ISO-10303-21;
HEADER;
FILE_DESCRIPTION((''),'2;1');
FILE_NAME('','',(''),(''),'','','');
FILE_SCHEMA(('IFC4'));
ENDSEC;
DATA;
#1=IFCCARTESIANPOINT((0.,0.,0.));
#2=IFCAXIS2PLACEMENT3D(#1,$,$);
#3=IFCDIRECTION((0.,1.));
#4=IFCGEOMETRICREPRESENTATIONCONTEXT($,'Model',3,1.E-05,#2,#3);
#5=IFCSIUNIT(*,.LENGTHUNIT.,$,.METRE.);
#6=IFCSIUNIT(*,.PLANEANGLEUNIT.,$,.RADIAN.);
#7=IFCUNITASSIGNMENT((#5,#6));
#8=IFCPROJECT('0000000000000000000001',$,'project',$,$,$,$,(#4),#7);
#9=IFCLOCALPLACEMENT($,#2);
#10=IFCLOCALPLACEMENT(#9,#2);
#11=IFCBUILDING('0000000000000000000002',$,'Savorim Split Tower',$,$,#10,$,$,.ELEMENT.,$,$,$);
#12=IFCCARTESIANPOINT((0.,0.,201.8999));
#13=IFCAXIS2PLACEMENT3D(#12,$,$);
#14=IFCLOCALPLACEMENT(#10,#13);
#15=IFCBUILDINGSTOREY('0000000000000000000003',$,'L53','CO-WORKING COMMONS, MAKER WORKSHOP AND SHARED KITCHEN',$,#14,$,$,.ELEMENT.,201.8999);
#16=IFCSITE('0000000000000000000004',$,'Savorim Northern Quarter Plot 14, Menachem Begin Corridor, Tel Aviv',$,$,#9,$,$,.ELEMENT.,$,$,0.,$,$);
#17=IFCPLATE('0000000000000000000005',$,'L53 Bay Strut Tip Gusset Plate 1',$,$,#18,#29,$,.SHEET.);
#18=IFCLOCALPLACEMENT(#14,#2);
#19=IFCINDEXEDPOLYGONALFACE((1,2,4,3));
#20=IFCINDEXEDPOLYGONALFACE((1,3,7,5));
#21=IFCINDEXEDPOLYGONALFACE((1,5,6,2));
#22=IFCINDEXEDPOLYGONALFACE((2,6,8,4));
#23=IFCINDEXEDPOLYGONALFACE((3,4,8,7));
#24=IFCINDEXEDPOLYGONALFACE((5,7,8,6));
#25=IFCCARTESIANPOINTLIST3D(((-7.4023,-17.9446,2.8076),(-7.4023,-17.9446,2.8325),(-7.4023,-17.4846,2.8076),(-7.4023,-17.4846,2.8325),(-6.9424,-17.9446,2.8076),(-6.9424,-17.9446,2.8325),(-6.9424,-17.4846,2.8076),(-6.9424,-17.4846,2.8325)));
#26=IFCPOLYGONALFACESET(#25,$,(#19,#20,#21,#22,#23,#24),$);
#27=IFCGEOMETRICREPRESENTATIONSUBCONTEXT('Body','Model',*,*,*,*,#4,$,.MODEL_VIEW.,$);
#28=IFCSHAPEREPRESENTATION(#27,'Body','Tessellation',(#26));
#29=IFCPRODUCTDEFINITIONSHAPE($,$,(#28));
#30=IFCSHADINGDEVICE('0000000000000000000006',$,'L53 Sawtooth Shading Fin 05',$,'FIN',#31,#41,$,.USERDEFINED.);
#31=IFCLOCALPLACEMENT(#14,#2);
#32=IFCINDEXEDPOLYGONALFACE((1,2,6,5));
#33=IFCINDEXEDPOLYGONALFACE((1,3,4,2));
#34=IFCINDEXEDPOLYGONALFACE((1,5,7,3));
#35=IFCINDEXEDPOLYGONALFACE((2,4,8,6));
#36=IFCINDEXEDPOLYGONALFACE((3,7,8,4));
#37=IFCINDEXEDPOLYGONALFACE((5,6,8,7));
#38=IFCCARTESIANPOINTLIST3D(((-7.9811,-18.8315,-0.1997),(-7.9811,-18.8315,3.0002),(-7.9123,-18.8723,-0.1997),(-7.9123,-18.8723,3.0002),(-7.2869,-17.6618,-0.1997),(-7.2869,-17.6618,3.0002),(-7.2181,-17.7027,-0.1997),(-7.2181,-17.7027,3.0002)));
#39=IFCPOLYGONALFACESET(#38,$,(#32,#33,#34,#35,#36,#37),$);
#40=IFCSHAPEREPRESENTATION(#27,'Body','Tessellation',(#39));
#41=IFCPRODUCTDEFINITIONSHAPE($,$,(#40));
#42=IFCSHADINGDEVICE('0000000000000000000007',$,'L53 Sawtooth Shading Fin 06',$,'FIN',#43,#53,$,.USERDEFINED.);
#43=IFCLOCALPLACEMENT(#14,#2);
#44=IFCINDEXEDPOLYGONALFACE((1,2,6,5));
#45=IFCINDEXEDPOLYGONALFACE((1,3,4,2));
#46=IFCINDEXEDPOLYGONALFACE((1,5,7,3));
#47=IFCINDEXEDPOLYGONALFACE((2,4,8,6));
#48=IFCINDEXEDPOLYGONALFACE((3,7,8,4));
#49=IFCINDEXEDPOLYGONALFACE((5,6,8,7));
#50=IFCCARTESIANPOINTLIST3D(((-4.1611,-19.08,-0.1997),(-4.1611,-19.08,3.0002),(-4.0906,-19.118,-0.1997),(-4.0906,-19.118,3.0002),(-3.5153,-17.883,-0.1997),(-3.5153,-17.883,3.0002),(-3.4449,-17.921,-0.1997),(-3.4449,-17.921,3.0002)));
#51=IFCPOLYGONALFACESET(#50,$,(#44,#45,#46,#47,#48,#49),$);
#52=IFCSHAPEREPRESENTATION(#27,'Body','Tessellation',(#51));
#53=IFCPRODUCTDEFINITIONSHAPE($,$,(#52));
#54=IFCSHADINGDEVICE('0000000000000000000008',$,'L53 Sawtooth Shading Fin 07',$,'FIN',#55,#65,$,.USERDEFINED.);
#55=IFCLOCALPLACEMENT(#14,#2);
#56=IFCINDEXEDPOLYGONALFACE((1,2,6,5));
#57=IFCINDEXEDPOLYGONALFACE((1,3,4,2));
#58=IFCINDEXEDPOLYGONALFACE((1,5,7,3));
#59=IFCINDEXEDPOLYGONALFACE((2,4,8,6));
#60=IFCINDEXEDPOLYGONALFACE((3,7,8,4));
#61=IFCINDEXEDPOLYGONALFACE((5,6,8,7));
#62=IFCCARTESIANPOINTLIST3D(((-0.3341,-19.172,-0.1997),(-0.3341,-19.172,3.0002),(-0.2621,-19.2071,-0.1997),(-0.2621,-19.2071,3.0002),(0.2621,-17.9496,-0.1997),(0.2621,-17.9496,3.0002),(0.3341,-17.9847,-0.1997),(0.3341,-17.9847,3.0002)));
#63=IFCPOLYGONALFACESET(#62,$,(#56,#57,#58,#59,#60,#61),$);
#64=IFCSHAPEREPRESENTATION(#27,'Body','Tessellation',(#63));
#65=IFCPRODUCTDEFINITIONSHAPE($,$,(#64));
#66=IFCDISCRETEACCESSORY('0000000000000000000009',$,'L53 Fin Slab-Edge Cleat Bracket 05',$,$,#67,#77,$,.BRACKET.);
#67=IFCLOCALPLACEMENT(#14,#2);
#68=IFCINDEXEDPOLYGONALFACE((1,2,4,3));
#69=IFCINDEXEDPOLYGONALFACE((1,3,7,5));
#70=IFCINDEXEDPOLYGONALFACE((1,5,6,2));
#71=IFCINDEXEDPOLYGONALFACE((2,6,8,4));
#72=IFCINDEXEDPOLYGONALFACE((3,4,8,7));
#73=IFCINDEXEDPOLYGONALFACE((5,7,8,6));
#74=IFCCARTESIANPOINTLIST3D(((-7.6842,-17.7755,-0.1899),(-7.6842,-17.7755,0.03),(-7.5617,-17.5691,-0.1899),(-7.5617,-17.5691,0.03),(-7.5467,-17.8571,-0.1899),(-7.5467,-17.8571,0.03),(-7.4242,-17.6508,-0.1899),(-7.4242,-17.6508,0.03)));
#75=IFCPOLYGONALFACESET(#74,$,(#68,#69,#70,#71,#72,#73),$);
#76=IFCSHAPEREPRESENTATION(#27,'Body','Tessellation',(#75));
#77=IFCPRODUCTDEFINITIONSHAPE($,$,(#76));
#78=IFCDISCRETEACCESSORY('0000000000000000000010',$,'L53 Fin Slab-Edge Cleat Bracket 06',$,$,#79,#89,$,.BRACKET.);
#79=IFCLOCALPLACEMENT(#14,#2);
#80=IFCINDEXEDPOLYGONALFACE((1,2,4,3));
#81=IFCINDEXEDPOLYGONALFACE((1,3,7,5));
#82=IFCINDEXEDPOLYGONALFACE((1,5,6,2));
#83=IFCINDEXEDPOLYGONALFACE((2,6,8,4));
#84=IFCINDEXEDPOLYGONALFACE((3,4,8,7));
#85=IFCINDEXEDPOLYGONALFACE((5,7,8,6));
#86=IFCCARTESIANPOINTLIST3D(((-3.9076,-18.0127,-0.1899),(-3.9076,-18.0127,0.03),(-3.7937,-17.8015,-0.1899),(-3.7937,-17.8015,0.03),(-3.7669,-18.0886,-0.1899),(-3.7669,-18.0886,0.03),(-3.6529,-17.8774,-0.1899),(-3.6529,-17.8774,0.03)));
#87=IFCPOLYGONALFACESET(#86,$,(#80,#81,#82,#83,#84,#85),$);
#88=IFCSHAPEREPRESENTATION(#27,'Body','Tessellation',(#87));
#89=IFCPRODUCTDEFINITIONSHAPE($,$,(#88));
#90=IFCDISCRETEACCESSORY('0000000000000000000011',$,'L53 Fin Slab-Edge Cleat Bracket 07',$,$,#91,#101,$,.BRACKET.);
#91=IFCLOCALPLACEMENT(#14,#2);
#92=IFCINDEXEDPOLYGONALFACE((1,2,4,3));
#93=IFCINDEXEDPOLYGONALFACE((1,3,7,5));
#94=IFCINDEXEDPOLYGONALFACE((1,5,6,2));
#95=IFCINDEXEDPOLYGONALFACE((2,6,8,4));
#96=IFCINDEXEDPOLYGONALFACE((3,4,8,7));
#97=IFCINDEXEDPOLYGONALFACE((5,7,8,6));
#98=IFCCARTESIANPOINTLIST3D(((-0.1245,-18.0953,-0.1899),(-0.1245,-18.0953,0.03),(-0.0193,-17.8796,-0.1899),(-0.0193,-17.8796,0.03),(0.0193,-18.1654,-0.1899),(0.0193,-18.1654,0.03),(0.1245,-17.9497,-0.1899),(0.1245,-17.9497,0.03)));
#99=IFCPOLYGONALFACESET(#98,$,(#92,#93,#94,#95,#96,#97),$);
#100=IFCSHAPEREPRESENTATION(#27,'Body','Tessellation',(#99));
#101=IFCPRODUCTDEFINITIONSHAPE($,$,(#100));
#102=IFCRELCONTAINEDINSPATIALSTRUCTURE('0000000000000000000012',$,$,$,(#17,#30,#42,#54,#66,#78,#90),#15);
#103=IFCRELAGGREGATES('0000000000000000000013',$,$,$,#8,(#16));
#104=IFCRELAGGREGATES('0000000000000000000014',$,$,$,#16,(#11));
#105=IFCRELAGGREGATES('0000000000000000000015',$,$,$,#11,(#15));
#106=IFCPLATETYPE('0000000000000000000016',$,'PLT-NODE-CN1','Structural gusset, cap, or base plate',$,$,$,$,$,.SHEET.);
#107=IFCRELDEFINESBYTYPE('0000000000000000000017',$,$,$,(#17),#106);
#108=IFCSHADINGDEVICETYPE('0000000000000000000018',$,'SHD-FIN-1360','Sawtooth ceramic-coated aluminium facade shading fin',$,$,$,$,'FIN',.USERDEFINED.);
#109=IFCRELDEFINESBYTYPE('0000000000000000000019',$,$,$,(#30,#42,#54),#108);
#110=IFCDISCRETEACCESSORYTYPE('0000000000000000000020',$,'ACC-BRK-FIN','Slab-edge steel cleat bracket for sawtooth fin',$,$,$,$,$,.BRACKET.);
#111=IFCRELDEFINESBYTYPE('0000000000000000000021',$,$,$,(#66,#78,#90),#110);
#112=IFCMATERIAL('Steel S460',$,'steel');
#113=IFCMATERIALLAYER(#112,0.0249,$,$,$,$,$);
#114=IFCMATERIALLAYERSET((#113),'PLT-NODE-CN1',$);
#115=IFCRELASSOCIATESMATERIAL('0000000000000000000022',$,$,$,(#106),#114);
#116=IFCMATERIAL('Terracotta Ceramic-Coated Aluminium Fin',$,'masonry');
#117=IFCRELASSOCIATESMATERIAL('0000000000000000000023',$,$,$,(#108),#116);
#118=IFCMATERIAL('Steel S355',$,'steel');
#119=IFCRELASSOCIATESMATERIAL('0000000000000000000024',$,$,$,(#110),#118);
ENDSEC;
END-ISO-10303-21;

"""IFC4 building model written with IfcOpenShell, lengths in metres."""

from ifc_helpers import new_model, si_unit, direction, frame, origin, origin_2d, place, context, subcontext, project, spatial, rectangle, extrude, material, layer, layer_set, type_object, element, save


model = new_model("IFC4")

# Units and contexts
model_context = context("Model", 3, precision=1e-05, world=origin(), true_north=direction((0.0, 1.0)))
body_context = subcontext(model_context, "Body", "Model", "MODEL_VIEW")
ifc_project = project(units=[si_unit("LENGTHUNIT", "METRE"), si_unit("PLANEANGLEUNIT", "RADIAN")], contexts=[model_context])

# Site, building, storey
site_placement = place(None, origin())
site = spatial("IfcSite", under=ifc_project, at=site_placement, Name="Savorim Northern Quarter Plot 14, Menachem Begin Corridor, Tel Aviv", CompositionType="ELEMENT", RefElevation=0.0)
building_placement = place(site_placement, origin())
building = spatial("IfcBuilding", under=site, at=building_placement, Name="Savorim Split Tower", CompositionType="ELEMENT")
storey_placement = place(building_placement, frame((0.0, 0.0, 201.8999)))
storey = spatial("IfcBuildingStorey", under=building, at=storey_placement, Name="L53", Description="CO-WORKING COMMONS, MAKER WORKSHOP AND SHARED KITCHEN", CompositionType="ELEMENT", Elevation=201.8999)

# Shared definitions
ifc_material_1 = material(Name="Steel S355", Category="steel")

# Plate
ifc_material_2 = material(Name="Steel S460", Category="steel")
ifc_layer_1 = layer(ifc_material_2, 0.0249)
ifc_layer_set_1 = layer_set([ifc_layer_1], Name="PLT-NODE-CN1")
plate_type_1 = type_object("IfcPlateType", Name="PLT-NODE-CN1", Description="Structural gusset, cap, or base plate", PredefinedType="SHEET", material=ifc_layer_set_1)
for number, where, z_axis, x_axis, name in (
    (1, (-7.1724, -17.7146, 2.8076), (0.0, 0.0, 1.0), (1.0, 0.0, 0.0), "L53 Bay Strut Tip Gusset Plate 1"),
):
    element("IfcPlate", number, at=place(storey_placement, frame(where, z_axis=z_axis, x_axis=x_axis)), inside=storey, type_object=plate_type_1, Name=name, PredefinedType="SHEET", context=body_context, shape_type="SweptSolid", body=[
        extrude(rectangle(XDim=0.46, YDim=0.46, at=origin_2d()), origin(), (0.0, 0.0, 1.0), 0.0249),
    ])

# Shading devices
ifc_material_3 = material(Name="Terracotta Ceramic-Coated Aluminium Fin", Category="masonry")
shading_device_type = type_object("IfcShadingDeviceType", Name="SHD-FIN-1360", Description="Sawtooth ceramic-coated aluminium facade shading fin", ElementType="FIN", PredefinedType="USERDEFINED", material=ifc_material_3)
for number, where, z_axis, x_axis, name in (
    (2, (-7.5996, -18.2671, -0.1997), (0.0, 0.0, 1.0), (-0.510391, -0.859942, 0.0), "L53 Sawtooth Shading Fin 05"),
    (3, (-3.803, -18.5005, -0.1997), (0.0, 0.0, 1.0), (-0.474778, -0.880106, 0.0), "L53 Sawtooth Shading Fin 06"),
    (4, (0.0, -18.5784, -0.1997), (0.0, 0.0, 1.0), (-0.438371, -0.898794, 0.0), "L53 Sawtooth Shading Fin 07"),
):
    element("IfcShadingDevice", number, at=place(storey_placement, frame(where, z_axis=z_axis, x_axis=x_axis)), inside=storey, type_object=shading_device_type, Name=name, ObjectType="FIN", PredefinedType="USERDEFINED", context=body_context, shape_type="SweptSolid", body=[
        extrude(rectangle(XDim=1.3601, YDim=0.0801, at=origin_2d()), origin(), (0.0, 0.0, 1.0), 3.2),
    ])

# Discrete accessories
discrete_accessory_type = type_object("IfcDiscreteAccessoryType", Name="ACC-BRK-FIN", Description="Slab-edge steel cleat bracket for sawtooth fin", PredefinedType="BRACKET", material=ifc_material_1)
for number, where, z_axis, x_axis, name in (
    (5, (-7.5542, -17.7131, -0.1899), (0.0, 0.0, 1.0), (-0.510391, -0.859942, 0.0), "L53 Fin Slab-Edge Cleat Bracket 05"),
    (6, (-3.7803, -17.9451, -0.1899), (0.0, 0.0, 1.0), (-0.474778, -0.880106, 0.0), "L53 Fin Slab-Edge Cleat Bracket 06"),
    (7, (0.0, -18.0225, -0.1899), (0.0, 0.0, 1.0), (-0.438371, -0.898794, 0.0), "L53 Fin Slab-Edge Cleat Bracket 07"),
):
    element("IfcDiscreteAccessory", number, at=place(storey_placement, frame(where, z_axis=z_axis, x_axis=x_axis)), inside=storey, type_object=discrete_accessory_type, Name=name, PredefinedType="BRACKET", context=body_context, shape_type="SweptSolid", body=[
        extrude(rectangle(XDim=0.24, YDim=0.1599, at=origin_2d()), origin(), (0.0, 0.0, 1.0), 0.22),
    ])

save(model, "model.ifc")
